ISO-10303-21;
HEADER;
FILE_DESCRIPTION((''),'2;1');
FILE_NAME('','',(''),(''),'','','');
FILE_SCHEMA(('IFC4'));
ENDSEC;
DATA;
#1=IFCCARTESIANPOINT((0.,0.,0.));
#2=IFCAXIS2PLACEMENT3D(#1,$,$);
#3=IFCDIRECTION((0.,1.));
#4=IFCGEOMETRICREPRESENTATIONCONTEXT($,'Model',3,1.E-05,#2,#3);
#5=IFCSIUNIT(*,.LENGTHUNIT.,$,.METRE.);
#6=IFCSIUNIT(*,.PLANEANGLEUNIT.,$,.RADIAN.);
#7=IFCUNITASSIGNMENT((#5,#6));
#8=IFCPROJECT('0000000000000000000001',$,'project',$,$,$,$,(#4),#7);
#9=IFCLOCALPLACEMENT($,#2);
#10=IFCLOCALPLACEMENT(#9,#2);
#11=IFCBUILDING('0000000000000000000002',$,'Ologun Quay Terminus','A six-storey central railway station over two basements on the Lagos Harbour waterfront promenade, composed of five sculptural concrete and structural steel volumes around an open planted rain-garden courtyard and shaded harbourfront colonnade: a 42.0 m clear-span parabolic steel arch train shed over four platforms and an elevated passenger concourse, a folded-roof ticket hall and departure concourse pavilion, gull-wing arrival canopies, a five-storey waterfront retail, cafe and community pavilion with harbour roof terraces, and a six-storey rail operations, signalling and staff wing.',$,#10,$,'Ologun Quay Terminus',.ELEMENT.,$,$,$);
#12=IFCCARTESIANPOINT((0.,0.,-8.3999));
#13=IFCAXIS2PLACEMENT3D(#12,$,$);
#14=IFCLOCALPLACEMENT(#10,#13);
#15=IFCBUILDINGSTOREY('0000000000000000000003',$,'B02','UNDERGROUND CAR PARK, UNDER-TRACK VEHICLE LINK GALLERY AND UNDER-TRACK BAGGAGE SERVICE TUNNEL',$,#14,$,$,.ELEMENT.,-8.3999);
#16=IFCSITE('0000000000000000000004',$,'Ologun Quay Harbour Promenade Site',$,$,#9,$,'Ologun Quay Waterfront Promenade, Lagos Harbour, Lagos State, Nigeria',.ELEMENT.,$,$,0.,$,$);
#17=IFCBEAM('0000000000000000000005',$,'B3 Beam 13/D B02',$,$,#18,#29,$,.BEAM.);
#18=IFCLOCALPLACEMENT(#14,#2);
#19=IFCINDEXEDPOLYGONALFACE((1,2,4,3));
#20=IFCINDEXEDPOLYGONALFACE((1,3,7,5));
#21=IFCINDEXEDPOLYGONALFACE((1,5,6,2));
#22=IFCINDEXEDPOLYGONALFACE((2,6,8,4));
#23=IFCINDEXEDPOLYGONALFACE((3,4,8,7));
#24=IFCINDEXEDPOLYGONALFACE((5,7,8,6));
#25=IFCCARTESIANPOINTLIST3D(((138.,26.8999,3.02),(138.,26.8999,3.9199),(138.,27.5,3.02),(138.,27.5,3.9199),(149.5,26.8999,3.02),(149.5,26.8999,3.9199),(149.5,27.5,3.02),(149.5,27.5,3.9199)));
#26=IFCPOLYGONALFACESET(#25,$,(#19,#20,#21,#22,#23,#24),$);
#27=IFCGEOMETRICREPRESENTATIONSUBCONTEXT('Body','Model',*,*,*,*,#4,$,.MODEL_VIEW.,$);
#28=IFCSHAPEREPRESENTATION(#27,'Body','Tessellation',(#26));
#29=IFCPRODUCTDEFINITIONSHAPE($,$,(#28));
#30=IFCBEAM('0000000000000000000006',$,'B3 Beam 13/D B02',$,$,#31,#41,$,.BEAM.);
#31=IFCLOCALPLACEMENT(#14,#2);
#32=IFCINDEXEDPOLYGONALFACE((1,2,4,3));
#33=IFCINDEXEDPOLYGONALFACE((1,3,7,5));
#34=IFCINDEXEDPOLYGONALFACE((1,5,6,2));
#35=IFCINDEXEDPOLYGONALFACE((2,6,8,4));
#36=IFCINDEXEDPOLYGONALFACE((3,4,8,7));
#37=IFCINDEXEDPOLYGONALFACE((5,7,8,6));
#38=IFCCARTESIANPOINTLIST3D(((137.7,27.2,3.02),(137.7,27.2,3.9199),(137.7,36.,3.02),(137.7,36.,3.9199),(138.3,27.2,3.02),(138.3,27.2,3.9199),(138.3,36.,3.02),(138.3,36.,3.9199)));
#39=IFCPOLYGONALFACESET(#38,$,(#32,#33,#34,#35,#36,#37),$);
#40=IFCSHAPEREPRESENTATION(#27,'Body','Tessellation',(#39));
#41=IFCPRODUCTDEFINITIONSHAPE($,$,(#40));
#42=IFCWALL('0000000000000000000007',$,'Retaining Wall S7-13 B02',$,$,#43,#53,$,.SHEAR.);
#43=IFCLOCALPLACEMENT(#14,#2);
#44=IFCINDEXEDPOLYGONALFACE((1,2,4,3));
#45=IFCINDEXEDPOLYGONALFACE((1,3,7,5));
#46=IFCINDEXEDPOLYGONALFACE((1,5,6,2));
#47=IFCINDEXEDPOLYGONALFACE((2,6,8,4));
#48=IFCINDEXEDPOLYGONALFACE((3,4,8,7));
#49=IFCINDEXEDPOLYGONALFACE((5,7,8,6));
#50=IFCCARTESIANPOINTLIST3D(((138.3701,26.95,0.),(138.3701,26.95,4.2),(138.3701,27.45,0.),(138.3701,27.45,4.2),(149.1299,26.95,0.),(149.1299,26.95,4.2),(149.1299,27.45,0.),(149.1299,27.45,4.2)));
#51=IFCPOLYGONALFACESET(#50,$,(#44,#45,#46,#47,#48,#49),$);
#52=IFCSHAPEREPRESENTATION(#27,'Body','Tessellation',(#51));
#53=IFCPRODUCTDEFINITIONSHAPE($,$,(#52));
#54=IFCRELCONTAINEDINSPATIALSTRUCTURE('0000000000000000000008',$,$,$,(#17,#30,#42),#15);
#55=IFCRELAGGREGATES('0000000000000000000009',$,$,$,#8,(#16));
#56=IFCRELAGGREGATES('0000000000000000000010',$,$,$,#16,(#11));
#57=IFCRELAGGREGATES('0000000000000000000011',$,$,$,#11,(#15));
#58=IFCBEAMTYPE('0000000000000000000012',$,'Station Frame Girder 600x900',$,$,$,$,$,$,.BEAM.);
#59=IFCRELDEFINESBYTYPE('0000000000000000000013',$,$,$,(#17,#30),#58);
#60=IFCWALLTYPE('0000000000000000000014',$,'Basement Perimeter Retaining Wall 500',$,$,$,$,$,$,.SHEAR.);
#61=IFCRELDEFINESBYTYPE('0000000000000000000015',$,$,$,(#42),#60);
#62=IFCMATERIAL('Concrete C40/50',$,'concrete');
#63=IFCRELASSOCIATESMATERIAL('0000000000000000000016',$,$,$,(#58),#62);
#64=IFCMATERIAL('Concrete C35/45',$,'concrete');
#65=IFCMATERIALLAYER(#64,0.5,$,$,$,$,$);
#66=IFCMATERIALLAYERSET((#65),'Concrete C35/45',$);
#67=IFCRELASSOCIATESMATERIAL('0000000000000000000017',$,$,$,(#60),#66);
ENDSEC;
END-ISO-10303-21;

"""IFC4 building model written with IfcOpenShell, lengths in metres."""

from ifc_helpers import new_model, si_unit, direction, frame, frame_2d, origin, origin_2d, place, context, subcontext, project, spatial, rectangle, extrude, material, layer, layer_set, material_profile, profile_set, type_object, element, save


model = new_model("IFC4")

# Units and contexts
model_context = context("Model", 3, precision=1e-05, world=origin(), true_north=direction((0.0, 1.0)))
body_context = subcontext(model_context, "Body", "Model", "MODEL_VIEW")
ifc_project = project(units=[si_unit("LENGTHUNIT", "METRE"), si_unit("PLANEANGLEUNIT", "RADIAN")], contexts=[model_context])

# Site, building, storey
site_placement = place(None, origin())
site = spatial("IfcSite", under=ifc_project, at=site_placement, Name="Ologun Quay Harbour Promenade Site", LongName="Ologun Quay Waterfront Promenade, Lagos Harbour, Lagos State, Nigeria", CompositionType="ELEMENT", RefElevation=0.0)
building_placement = place(site_placement, origin())
building = spatial("IfcBuilding", under=site, at=building_placement, Name="Ologun Quay Terminus", Description="A six-storey central railway station over two basements on the Lagos Harbour waterfront promenade, composed of five sculptural concrete and structural steel volumes around an open planted rain-garden courtyard and shaded harbourfront colonnade: a 42.0 m clear-span parabolic steel arch train shed over four platforms and an elevated passenger concourse, a folded-roof ticket hall and departure concourse pavilion, gull-wing arrival canopies, a five-storey waterfront retail, cafe and community pavilion with harbour roof terraces, and a six-storey rail operations, signalling and staff wing.", LongName="Ologun Quay Terminus", CompositionType="ELEMENT")
storey_placement = place(building_placement, frame((0.0, 0.0, -8.3999)))
storey = spatial("IfcBuildingStorey", under=building, at=storey_placement, Name="B02", Description="UNDERGROUND CAR PARK, UNDER-TRACK VEHICLE LINK GALLERY AND UNDER-TRACK BAGGAGE SERVICE TUNNEL", CompositionType="ELEMENT", Elevation=-8.3999)

# Beams
ifc_material_1 = material(Name="Concrete C40/50", Category="concrete")
ifc_material_profile_1 = material_profile(ifc_material_1, rectangle(XDim=0.6001, YDim=0.8999, at=origin_2d()), Name="RC 600x900")
ifc_profile_set_1 = profile_set([ifc_material_profile_1], Name="Concrete C40/50")
beam_type_1 = type_object("IfcBeamType", Name="Station Frame Girder 600x900", PredefinedType="BEAM", material=ifc_profile_set_1)
beam_1_placement = place(storey_placement, frame((138.0, 27.2, 3.47), z_axis=(1.0, 0.0, 0.0), x_axis=(0.0, 1.0, 0.0)))
element("IfcBeam", 1, at=beam_1_placement, inside=storey, type_object=beam_type_1, Name="B3 Beam 13/D B02", PredefinedType="BEAM", context=body_context, shape_type="SweptSolid", body=[
    extrude(rectangle(XDim=0.6001, YDim=0.8999, at=origin_2d()), origin(), (0.0, 0.0, 1.0), 11.5),
])
beam_2_placement = place(storey_placement, frame((138.0, 27.2, 3.47), z_axis=(0.0, 1.0, 0.0), x_axis=(-1.0, 0.0, 0.0)))
element("IfcBeam", 2, at=beam_2_placement, inside=storey, type_object=beam_type_1, Name="B3 Beam 13/D B02", PredefinedType="BEAM", context=body_context, shape_type="SweptSolid", body=[
    extrude(rectangle(XDim=0.6001, YDim=0.8999, at=origin_2d()), origin(), (0.0, 0.0, 1.0), 8.8),
])

# Wall
ifc_material_2 = material(Name="Concrete C35/45", Category="concrete")
ifc_layer = layer(ifc_material_2, 0.5)
ifc_layer_set = layer_set([ifc_layer], Name="Concrete C35/45")
wall_type = type_object("IfcWallType", Name="Basement Perimeter Retaining Wall 500", PredefinedType="SHEAR", material=ifc_layer_set)
wall_placement = place(storey_placement, frame((138.3701, 27.2, 0.0), z_axis=(0.0, 0.0, 1.0), x_axis=(1.0, 0.0, 0.0)))
element("IfcWall", 3, at=wall_placement, inside=storey, type_object=wall_type, Name="Retaining Wall S7-13 B02", PredefinedType="SHEAR", context=body_context, shape_type="SweptSolid", body=[
    extrude(rectangle(XDim=10.7598, YDim=0.5, at=frame_2d((5.3799, 0.0))), origin(), (0.0, 0.0, 1.0), 4.2),
])

save(model, "model.ifc")
